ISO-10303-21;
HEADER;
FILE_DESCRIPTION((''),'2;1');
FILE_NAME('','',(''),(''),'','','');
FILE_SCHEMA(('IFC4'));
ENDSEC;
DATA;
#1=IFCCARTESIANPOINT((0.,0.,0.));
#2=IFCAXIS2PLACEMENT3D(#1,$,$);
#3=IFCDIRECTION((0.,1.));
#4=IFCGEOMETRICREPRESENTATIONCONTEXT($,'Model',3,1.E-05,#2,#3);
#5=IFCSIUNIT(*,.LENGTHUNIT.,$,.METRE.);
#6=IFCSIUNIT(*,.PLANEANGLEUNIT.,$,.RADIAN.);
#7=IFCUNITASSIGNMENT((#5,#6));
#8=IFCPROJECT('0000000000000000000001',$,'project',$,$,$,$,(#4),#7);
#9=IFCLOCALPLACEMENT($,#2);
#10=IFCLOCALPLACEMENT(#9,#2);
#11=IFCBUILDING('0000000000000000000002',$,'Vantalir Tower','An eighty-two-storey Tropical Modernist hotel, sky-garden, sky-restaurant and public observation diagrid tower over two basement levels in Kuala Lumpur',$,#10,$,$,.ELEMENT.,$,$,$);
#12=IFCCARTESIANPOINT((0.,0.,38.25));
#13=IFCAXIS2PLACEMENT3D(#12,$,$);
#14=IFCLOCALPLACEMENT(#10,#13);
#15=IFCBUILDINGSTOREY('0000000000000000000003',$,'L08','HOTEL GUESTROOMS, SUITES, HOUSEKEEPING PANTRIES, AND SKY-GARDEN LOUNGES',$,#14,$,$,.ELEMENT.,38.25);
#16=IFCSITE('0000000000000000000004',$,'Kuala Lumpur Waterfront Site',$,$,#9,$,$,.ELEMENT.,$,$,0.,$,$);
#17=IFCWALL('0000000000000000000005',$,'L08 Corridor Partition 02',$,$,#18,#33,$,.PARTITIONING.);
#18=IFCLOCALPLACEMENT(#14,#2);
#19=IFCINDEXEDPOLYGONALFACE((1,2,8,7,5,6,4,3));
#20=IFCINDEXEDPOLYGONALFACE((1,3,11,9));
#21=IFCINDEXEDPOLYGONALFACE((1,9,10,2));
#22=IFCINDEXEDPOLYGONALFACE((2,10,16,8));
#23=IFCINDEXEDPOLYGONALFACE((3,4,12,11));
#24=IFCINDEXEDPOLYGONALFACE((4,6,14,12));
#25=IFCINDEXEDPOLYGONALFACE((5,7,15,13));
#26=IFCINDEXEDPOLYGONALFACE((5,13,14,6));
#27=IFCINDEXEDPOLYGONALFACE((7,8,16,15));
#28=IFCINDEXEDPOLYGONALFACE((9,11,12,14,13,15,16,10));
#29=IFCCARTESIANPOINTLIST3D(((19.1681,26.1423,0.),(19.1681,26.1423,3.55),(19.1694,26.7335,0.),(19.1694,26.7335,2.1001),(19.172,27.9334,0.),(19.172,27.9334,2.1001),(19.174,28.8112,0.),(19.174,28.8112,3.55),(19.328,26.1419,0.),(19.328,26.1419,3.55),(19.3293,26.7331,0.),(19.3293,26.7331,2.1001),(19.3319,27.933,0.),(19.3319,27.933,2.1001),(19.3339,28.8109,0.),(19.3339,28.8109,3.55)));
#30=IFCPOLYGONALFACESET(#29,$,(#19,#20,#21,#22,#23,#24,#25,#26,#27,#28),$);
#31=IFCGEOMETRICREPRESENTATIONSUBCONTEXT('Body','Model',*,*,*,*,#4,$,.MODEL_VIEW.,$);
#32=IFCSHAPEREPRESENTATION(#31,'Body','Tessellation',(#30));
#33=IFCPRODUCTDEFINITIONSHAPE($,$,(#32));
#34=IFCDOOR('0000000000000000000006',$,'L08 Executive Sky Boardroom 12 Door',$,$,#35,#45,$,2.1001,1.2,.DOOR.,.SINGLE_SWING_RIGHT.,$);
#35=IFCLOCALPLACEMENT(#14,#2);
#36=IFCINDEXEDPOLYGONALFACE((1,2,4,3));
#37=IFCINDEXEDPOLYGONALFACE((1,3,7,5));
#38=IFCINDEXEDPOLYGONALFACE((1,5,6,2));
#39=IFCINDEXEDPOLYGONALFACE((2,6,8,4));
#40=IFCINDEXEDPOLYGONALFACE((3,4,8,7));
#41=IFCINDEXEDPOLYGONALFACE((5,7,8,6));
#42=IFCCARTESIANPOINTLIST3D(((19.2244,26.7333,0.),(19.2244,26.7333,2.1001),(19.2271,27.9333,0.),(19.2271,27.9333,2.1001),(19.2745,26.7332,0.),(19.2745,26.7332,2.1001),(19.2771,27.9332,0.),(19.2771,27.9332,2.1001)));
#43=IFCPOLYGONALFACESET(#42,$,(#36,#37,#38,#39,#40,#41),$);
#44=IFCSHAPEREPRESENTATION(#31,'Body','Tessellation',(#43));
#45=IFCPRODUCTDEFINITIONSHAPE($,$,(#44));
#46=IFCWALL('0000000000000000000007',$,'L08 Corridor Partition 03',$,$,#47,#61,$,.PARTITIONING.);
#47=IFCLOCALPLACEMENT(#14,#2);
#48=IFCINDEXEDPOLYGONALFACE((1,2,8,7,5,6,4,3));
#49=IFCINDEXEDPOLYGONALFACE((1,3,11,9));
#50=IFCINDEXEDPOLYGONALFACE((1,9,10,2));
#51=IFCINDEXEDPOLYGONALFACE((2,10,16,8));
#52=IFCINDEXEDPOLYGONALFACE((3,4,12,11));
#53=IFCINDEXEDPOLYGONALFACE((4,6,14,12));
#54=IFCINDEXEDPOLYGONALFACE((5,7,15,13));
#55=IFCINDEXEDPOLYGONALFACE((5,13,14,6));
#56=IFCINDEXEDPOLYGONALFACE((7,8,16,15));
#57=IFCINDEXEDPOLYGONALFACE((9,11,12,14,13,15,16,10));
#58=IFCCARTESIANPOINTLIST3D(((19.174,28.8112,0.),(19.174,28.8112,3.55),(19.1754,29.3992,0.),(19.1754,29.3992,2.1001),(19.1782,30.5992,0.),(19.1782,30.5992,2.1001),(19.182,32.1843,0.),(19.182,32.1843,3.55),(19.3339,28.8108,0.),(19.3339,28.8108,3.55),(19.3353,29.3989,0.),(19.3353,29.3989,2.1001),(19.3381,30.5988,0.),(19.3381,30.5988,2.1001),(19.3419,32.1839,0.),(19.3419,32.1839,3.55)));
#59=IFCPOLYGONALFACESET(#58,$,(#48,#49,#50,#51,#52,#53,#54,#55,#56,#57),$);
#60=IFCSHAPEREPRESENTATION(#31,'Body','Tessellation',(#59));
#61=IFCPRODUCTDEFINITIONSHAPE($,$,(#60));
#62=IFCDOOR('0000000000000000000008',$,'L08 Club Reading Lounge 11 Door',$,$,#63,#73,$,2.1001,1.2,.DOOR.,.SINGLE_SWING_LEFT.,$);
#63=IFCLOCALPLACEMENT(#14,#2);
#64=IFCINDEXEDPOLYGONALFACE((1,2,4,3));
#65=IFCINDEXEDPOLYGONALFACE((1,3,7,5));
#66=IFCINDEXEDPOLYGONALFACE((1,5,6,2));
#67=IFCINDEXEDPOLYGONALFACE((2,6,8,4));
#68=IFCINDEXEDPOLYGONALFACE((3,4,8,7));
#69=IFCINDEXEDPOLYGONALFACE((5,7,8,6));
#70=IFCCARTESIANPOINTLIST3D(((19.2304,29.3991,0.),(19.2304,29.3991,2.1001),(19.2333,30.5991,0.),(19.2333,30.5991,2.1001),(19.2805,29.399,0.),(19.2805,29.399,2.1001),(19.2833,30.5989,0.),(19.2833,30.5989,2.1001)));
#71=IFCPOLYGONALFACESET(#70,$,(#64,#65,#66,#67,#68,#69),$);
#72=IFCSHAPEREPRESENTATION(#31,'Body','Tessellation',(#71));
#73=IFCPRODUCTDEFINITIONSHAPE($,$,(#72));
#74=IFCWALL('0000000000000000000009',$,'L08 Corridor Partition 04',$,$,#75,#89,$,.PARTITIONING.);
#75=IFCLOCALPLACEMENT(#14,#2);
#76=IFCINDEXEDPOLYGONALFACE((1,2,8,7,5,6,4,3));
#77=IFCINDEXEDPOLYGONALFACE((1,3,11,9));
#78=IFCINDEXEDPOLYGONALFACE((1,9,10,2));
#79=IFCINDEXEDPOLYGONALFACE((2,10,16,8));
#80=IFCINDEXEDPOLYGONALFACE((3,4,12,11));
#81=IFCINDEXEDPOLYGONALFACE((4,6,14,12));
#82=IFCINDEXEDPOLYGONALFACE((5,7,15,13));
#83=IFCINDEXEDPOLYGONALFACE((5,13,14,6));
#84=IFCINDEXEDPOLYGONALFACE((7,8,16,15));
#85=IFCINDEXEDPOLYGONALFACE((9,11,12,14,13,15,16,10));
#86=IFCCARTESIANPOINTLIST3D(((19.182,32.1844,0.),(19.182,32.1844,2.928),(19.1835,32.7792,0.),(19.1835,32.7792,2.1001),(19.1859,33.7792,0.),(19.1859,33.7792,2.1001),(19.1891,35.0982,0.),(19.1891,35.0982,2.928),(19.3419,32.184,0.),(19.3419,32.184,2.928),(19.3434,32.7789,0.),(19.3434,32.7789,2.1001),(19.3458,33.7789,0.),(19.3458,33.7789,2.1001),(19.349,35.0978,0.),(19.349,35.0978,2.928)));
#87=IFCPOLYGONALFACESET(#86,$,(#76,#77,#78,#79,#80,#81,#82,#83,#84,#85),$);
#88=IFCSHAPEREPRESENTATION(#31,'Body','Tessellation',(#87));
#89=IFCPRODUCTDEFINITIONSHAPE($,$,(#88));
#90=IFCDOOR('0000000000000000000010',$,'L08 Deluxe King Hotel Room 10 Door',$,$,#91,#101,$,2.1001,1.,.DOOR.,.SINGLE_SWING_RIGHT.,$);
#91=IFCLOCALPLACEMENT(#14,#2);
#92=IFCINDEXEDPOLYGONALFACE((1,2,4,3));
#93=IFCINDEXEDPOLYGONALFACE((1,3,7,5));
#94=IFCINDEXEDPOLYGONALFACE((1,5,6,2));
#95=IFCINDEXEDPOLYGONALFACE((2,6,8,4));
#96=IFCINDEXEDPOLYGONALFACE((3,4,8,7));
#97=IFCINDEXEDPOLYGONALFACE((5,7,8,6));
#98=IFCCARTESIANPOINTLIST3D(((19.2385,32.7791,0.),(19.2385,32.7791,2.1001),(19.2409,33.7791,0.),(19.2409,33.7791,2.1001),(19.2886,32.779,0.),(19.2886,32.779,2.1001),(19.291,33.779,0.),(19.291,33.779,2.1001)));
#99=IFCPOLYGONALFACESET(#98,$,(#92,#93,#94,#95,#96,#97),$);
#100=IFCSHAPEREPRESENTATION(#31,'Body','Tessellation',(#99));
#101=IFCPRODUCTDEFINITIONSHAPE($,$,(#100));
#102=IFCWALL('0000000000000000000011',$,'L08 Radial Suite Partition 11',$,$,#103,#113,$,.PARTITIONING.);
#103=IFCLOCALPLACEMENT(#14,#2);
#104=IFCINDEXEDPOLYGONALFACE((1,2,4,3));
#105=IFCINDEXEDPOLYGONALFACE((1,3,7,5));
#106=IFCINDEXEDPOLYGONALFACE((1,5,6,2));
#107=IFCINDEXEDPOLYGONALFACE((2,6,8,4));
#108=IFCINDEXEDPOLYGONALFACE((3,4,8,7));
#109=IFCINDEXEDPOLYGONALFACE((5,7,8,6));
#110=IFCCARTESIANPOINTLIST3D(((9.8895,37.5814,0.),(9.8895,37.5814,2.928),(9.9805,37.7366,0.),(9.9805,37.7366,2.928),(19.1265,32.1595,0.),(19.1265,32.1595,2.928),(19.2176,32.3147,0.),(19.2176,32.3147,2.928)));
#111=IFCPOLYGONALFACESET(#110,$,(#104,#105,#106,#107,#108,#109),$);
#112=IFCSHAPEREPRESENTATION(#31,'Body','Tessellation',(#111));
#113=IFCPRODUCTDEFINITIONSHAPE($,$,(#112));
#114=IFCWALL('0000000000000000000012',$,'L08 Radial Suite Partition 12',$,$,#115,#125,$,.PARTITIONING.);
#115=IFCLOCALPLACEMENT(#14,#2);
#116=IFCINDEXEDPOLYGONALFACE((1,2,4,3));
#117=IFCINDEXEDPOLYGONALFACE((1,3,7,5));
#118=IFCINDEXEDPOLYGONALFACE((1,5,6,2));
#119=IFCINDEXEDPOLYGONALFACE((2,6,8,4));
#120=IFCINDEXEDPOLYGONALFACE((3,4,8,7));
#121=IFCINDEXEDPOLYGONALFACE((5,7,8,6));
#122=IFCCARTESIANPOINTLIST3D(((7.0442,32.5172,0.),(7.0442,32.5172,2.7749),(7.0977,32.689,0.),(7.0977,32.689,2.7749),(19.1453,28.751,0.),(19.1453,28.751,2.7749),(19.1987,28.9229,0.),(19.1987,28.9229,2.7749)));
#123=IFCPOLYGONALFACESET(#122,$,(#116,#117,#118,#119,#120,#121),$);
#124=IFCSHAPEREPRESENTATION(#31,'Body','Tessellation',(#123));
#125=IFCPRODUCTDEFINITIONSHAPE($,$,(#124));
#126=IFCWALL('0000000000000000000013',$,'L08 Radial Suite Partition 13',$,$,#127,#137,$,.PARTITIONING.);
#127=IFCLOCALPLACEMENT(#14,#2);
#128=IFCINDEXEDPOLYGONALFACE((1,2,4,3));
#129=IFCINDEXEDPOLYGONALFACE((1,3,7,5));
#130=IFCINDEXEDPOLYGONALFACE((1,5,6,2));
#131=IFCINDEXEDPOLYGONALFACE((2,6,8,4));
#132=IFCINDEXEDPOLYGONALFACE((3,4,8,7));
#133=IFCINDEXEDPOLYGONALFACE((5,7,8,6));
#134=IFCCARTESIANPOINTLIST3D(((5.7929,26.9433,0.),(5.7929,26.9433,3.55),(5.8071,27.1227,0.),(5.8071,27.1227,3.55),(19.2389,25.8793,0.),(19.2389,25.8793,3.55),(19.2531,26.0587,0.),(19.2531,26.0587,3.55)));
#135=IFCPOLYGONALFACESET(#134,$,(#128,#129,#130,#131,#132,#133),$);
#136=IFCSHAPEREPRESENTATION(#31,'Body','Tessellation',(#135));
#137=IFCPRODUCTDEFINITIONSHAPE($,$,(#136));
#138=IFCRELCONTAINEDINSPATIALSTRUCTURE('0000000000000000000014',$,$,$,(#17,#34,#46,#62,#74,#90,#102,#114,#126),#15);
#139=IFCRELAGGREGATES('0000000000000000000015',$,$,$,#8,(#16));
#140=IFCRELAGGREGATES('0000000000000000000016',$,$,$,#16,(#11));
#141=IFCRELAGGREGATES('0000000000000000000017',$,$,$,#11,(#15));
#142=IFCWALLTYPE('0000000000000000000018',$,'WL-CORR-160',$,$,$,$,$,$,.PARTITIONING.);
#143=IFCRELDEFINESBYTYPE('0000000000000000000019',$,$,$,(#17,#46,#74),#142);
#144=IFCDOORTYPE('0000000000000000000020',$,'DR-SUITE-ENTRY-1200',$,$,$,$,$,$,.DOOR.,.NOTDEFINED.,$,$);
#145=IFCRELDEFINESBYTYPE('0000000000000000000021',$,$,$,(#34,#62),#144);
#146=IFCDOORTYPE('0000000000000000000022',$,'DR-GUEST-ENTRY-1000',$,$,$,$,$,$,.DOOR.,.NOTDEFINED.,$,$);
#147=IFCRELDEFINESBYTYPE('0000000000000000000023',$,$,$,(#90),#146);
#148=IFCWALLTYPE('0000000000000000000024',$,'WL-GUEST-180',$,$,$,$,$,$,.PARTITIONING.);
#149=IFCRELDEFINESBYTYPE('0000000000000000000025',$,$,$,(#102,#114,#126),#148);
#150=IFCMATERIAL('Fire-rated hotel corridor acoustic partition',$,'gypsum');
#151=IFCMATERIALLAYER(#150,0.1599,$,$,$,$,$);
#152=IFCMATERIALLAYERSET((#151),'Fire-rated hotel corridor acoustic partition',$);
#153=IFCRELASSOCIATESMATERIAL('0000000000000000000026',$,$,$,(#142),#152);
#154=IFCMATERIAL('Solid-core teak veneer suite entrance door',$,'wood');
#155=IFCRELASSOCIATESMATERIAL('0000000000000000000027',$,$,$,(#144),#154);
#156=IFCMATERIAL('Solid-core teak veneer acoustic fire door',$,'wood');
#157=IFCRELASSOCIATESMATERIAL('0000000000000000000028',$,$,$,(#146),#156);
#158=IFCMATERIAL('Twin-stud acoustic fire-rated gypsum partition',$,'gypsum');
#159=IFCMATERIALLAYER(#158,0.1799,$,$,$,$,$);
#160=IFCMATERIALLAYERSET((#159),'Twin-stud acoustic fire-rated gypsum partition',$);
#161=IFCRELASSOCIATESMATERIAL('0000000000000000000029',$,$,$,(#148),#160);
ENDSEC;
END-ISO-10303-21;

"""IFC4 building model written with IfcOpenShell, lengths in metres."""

from ifc_helpers import new_model, si_unit, direction, frame, frame_2d, origin, place, context, subcontext, project, spatial, rectangle, extrude, material, layer, layer_set, type_object, element, fill, save


model = new_model("IFC4")

# Units and contexts
model_context = context("Model", 3, precision=1e-05, world=origin(), true_north=direction((0.0, 1.0)))
body_context = subcontext(model_context, "Body", "Model", "MODEL_VIEW")
ifc_project = project(units=[si_unit("LENGTHUNIT", "METRE"), si_unit("PLANEANGLEUNIT", "RADIAN")], contexts=[model_context])

# Site, building, storey
site_placement = place(None, origin())
site = spatial("IfcSite", under=ifc_project, at=site_placement, Name="Kuala Lumpur Waterfront Site", CompositionType="ELEMENT", RefElevation=0.0)
building_placement = place(site_placement, origin())
building = spatial("IfcBuilding", under=site, at=building_placement, Name="Vantalir Tower", Description="An eighty-two-storey Tropical Modernist hotel, sky-garden, sky-restaurant and public observation diagrid tower over two basement levels in Kuala Lumpur", CompositionType="ELEMENT")
storey_placement = place(building_placement, frame((0.0, 0.0, 38.25)))
storey = spatial("IfcBuildingStorey", under=building, at=storey_placement, Name="L08", Description="HOTEL GUESTROOMS, SUITES, HOUSEKEEPING PANTRIES, AND SKY-GARDEN LOUNGES", CompositionType="ELEMENT", Elevation=38.25)

# Walls, openings, doors
ifc_material_1 = material(Name="Fire-rated hotel corridor acoustic partition", Category="gypsum")
ifc_layer_1 = layer(ifc_material_1, 0.1599)
ifc_layer_set_1 = layer_set([ifc_layer_1], Name="Fire-rated hotel corridor acoustic partition")
wall_type_1 = type_object("IfcWallType", Name="WL-CORR-160", PredefinedType="PARTITIONING", material=ifc_layer_set_1)
wall_1_placement = place(storey_placement, frame((19.248, 26.1421, 0.0), z_axis=(0.0, 0.0, 1.0), x_axis=(0.002195, 0.999998, 0.0)))
wall_1 = element("IfcWall", 1, at=wall_1_placement, inside=storey, type_object=wall_type_1, Name="L08 Corridor Partition 02", PredefinedType="PARTITIONING", context=body_context, shape_type="SweptSolid", body=[
    extrude(rectangle(XDim=2.6689, YDim=0.1599, at=frame_2d((1.3345, 0.0))), origin(), (0.0, 0.0, 1.0), 3.55),
])
opening_1_placement = place(wall_1_placement, frame((0.5911, 0.0, 0.0)))
opening_1 = element("IfcOpeningElement", 2, at=opening_1_placement, cuts=wall_1, PredefinedType="OPENING", context=body_context, shape_type="SweptSolid", body=[
    extrude(rectangle(XDim=1.2, YDim=2.1001, at=frame_2d((0.6001, 1.05))), frame((0.0, 0.0898, 0.0), z_axis=(0.0, -1.0, 0.0), x_axis=(1.0, 0.0, 0.0)), (0.0, 0.0, 1.0), 0.1799),
])
ifc_material_2 = material(Name="Solid-core teak veneer suite entrance door", Category="wood")
door_type_1 = type_object("IfcDoorType", Name="DR-SUITE-ENTRY-1200", OperationType="NOTDEFINED", PredefinedType="DOOR", material=ifc_material_2)
door_1_placement = place(opening_1_placement, origin())
door_1 = element("IfcDoor", 3, at=door_1_placement, inside=storey, type_object=door_type_1, Name="L08 Executive Sky Boardroom 12 Door", OperationType="SINGLE_SWING_RIGHT", OverallHeight=2.1001, OverallWidth=1.2, PredefinedType="DOOR", context=body_context, shape_type="SweptSolid", body=[
    extrude(rectangle(XDim=1.2, YDim=2.1001, at=frame_2d((0.6001, 1.05))), frame((0.0, 0.0249, 0.0), z_axis=(0.0, -1.0, 0.0), x_axis=(1.0, 0.0, 0.0)), (0.0, 0.0, 1.0), 0.05),
])
fill(opening_1, door_1)
wall_2_placement = place(storey_placement, frame((19.2539, 28.811, 0.0), z_axis=(0.0, 0.0, 1.0), x_axis=(0.002389, 0.999997, 0.0)))
wall_2 = element("IfcWall", 4, at=wall_2_placement, inside=storey, type_object=wall_type_1, Name="L08 Corridor Partition 03", PredefinedType="PARTITIONING", context=body_context, shape_type="SweptSolid", body=[
    extrude(rectangle(XDim=3.373, YDim=0.1599, at=frame_2d((1.6865, 0.0))), origin(), (0.0, 0.0, 1.0), 3.55),
])
opening_2_placement = place(wall_2_placement, frame((0.5879, 0.0, 0.0)))
opening_2 = element("IfcOpeningElement", 5, at=opening_2_placement, cuts=wall_2, PredefinedType="OPENING", context=body_context, shape_type="SweptSolid", body=[
    extrude(rectangle(XDim=1.2, YDim=2.1001, at=frame_2d((0.6001, 1.05))), frame((0.0, 0.0898, 0.0), z_axis=(0.0, -1.0, 0.0), x_axis=(1.0, 0.0, 0.0)), (0.0, 0.0, 1.0), 0.1799),
])
door_2_placement = place(opening_2_placement, origin())
door_2 = element("IfcDoor", 6, at=door_2_placement, inside=storey, type_object=door_type_1, Name="L08 Club Reading Lounge 11 Door", OperationType="SINGLE_SWING_LEFT", OverallHeight=2.1001, OverallWidth=1.2, PredefinedType="DOOR", context=body_context, shape_type="SweptSolid", body=[
    extrude(rectangle(XDim=1.2, YDim=2.1001, at=frame_2d((0.6001, 1.05))), frame((0.0, 0.0249, 0.0), z_axis=(0.0, -1.0, 0.0), x_axis=(1.0, 0.0, 0.0)), (0.0, 0.0, 1.0), 0.05),
])
fill(opening_2, door_2)
wall_3_placement = place(storey_placement, frame((19.262, 32.1841, 0.0), z_axis=(0.0, 0.0, 1.0), x_axis=(0.00243, 0.999997, 0.0)))
wall_3 = element("IfcWall", 7, at=wall_3_placement, inside=storey, type_object=wall_type_1, Name="L08 Corridor Partition 04", PredefinedType="PARTITIONING", context=body_context, shape_type="SweptSolid", body=[
    extrude(rectangle(XDim=2.9138, YDim=0.1599, at=frame_2d((1.457, 0.0))), origin(), (0.0, 0.0, 1.0), 2.928),
])
opening_3_placement = place(wall_3_placement, frame((0.595, 0.0, 0.0)))
opening_3 = element("IfcOpeningElement", 8, at=opening_3_placement, cuts=wall_3, PredefinedType="OPENING", context=body_context, shape_type="SweptSolid", body=[
    extrude(rectangle(XDim=1.0, YDim=2.1001, at=frame_2d((0.5, 1.05))), frame((0.0, 0.0898, 0.0), z_axis=(0.0, -1.0, 0.0), x_axis=(1.0, 0.0, 0.0)), (0.0, 0.0, 1.0), 0.1799),
])
ifc_material_3 = material(Name="Solid-core teak veneer acoustic fire door", Category="wood")
door_type_2 = type_object("IfcDoorType", Name="DR-GUEST-ENTRY-1000", OperationType="NOTDEFINED", PredefinedType="DOOR", material=ifc_material_3)
door_3_placement = place(opening_3_placement, origin())
door_3 = element("IfcDoor", 9, at=door_3_placement, inside=storey, type_object=door_type_2, Name="L08 Deluxe King Hotel Room 10 Door", OperationType="SINGLE_SWING_RIGHT", OverallHeight=2.1001, OverallWidth=1.0, PredefinedType="DOOR", context=body_context, shape_type="SweptSolid", body=[
    extrude(rectangle(XDim=1.0, YDim=2.1001, at=frame_2d((0.5, 1.05))), frame((0.0, 0.0249, 0.0), z_axis=(0.0, -1.0, 0.0), x_axis=(1.0, 0.0, 0.0)), (0.0, 0.0, 1.0), 0.05),
])
fill(opening_3, door_3)

# Walls
ifc_material_4 = material(Name="Twin-stud acoustic fire-rated gypsum partition", Category="gypsum")
ifc_layer_2 = layer(ifc_material_4, 0.1799)
ifc_layer_set_2 = layer_set([ifc_layer_2], Name="Twin-stud acoustic fire-rated gypsum partition")
wall_type_2 = type_object("IfcWallType", Name="WL-GUEST-180", PredefinedType="PARTITIONING", material=ifc_layer_set_2)
wall_4_placement = place(storey_placement, frame((19.1721, 32.2371, 0.0), z_axis=(0.0, 0.0, 1.0), x_axis=(-0.862411, 0.506209, 0.0)))
element("IfcWall", 10, at=wall_4_placement, inside=storey, type_object=wall_type_2, Name="L08 Radial Suite Partition 11", PredefinedType="PARTITIONING", context=body_context, shape_type="SweptSolid", body=[
    extrude(rectangle(XDim=10.7107, YDim=0.1799, at=frame_2d((5.3555, 0.0))), origin(), (0.0, 0.0, 1.0), 2.928),
])
wall_5_placement = place(storey_placement, frame((19.1721, 28.8369, 0.0), z_axis=(0.0, 0.0, 1.0), x_axis=(-0.954827, 0.297163, 0.0)))
element("IfcWall", 11, at=wall_5_placement, inside=storey, type_object=wall_type_2, Name="L08 Radial Suite Partition 12", PredefinedType="PARTITIONING", context=body_context, shape_type="SweptSolid", body=[
    extrude(rectangle(XDim=12.6736, YDim=0.1799, at=frame_2d((6.3369, 0.0))), origin(), (0.0, 0.0, 1.0), 2.7749),
])
wall_6_placement = place(storey_placement, frame((19.2461, 25.969, 0.0), z_axis=(0.0, 0.0, 1.0), x_axis=(-0.996884, 0.078882, 0.0)))
element("IfcWall", 12, at=wall_6_placement, inside=storey, type_object=wall_type_2, Name="L08 Radial Suite Partition 13", PredefinedType="PARTITIONING", context=body_context, shape_type="SweptSolid", body=[
    extrude(rectangle(XDim=13.488, YDim=0.1799, at=frame_2d((6.7441, 0.0))), origin(), (0.0, 0.0, 1.0), 3.55),
])

save(model, "model.ifc")
